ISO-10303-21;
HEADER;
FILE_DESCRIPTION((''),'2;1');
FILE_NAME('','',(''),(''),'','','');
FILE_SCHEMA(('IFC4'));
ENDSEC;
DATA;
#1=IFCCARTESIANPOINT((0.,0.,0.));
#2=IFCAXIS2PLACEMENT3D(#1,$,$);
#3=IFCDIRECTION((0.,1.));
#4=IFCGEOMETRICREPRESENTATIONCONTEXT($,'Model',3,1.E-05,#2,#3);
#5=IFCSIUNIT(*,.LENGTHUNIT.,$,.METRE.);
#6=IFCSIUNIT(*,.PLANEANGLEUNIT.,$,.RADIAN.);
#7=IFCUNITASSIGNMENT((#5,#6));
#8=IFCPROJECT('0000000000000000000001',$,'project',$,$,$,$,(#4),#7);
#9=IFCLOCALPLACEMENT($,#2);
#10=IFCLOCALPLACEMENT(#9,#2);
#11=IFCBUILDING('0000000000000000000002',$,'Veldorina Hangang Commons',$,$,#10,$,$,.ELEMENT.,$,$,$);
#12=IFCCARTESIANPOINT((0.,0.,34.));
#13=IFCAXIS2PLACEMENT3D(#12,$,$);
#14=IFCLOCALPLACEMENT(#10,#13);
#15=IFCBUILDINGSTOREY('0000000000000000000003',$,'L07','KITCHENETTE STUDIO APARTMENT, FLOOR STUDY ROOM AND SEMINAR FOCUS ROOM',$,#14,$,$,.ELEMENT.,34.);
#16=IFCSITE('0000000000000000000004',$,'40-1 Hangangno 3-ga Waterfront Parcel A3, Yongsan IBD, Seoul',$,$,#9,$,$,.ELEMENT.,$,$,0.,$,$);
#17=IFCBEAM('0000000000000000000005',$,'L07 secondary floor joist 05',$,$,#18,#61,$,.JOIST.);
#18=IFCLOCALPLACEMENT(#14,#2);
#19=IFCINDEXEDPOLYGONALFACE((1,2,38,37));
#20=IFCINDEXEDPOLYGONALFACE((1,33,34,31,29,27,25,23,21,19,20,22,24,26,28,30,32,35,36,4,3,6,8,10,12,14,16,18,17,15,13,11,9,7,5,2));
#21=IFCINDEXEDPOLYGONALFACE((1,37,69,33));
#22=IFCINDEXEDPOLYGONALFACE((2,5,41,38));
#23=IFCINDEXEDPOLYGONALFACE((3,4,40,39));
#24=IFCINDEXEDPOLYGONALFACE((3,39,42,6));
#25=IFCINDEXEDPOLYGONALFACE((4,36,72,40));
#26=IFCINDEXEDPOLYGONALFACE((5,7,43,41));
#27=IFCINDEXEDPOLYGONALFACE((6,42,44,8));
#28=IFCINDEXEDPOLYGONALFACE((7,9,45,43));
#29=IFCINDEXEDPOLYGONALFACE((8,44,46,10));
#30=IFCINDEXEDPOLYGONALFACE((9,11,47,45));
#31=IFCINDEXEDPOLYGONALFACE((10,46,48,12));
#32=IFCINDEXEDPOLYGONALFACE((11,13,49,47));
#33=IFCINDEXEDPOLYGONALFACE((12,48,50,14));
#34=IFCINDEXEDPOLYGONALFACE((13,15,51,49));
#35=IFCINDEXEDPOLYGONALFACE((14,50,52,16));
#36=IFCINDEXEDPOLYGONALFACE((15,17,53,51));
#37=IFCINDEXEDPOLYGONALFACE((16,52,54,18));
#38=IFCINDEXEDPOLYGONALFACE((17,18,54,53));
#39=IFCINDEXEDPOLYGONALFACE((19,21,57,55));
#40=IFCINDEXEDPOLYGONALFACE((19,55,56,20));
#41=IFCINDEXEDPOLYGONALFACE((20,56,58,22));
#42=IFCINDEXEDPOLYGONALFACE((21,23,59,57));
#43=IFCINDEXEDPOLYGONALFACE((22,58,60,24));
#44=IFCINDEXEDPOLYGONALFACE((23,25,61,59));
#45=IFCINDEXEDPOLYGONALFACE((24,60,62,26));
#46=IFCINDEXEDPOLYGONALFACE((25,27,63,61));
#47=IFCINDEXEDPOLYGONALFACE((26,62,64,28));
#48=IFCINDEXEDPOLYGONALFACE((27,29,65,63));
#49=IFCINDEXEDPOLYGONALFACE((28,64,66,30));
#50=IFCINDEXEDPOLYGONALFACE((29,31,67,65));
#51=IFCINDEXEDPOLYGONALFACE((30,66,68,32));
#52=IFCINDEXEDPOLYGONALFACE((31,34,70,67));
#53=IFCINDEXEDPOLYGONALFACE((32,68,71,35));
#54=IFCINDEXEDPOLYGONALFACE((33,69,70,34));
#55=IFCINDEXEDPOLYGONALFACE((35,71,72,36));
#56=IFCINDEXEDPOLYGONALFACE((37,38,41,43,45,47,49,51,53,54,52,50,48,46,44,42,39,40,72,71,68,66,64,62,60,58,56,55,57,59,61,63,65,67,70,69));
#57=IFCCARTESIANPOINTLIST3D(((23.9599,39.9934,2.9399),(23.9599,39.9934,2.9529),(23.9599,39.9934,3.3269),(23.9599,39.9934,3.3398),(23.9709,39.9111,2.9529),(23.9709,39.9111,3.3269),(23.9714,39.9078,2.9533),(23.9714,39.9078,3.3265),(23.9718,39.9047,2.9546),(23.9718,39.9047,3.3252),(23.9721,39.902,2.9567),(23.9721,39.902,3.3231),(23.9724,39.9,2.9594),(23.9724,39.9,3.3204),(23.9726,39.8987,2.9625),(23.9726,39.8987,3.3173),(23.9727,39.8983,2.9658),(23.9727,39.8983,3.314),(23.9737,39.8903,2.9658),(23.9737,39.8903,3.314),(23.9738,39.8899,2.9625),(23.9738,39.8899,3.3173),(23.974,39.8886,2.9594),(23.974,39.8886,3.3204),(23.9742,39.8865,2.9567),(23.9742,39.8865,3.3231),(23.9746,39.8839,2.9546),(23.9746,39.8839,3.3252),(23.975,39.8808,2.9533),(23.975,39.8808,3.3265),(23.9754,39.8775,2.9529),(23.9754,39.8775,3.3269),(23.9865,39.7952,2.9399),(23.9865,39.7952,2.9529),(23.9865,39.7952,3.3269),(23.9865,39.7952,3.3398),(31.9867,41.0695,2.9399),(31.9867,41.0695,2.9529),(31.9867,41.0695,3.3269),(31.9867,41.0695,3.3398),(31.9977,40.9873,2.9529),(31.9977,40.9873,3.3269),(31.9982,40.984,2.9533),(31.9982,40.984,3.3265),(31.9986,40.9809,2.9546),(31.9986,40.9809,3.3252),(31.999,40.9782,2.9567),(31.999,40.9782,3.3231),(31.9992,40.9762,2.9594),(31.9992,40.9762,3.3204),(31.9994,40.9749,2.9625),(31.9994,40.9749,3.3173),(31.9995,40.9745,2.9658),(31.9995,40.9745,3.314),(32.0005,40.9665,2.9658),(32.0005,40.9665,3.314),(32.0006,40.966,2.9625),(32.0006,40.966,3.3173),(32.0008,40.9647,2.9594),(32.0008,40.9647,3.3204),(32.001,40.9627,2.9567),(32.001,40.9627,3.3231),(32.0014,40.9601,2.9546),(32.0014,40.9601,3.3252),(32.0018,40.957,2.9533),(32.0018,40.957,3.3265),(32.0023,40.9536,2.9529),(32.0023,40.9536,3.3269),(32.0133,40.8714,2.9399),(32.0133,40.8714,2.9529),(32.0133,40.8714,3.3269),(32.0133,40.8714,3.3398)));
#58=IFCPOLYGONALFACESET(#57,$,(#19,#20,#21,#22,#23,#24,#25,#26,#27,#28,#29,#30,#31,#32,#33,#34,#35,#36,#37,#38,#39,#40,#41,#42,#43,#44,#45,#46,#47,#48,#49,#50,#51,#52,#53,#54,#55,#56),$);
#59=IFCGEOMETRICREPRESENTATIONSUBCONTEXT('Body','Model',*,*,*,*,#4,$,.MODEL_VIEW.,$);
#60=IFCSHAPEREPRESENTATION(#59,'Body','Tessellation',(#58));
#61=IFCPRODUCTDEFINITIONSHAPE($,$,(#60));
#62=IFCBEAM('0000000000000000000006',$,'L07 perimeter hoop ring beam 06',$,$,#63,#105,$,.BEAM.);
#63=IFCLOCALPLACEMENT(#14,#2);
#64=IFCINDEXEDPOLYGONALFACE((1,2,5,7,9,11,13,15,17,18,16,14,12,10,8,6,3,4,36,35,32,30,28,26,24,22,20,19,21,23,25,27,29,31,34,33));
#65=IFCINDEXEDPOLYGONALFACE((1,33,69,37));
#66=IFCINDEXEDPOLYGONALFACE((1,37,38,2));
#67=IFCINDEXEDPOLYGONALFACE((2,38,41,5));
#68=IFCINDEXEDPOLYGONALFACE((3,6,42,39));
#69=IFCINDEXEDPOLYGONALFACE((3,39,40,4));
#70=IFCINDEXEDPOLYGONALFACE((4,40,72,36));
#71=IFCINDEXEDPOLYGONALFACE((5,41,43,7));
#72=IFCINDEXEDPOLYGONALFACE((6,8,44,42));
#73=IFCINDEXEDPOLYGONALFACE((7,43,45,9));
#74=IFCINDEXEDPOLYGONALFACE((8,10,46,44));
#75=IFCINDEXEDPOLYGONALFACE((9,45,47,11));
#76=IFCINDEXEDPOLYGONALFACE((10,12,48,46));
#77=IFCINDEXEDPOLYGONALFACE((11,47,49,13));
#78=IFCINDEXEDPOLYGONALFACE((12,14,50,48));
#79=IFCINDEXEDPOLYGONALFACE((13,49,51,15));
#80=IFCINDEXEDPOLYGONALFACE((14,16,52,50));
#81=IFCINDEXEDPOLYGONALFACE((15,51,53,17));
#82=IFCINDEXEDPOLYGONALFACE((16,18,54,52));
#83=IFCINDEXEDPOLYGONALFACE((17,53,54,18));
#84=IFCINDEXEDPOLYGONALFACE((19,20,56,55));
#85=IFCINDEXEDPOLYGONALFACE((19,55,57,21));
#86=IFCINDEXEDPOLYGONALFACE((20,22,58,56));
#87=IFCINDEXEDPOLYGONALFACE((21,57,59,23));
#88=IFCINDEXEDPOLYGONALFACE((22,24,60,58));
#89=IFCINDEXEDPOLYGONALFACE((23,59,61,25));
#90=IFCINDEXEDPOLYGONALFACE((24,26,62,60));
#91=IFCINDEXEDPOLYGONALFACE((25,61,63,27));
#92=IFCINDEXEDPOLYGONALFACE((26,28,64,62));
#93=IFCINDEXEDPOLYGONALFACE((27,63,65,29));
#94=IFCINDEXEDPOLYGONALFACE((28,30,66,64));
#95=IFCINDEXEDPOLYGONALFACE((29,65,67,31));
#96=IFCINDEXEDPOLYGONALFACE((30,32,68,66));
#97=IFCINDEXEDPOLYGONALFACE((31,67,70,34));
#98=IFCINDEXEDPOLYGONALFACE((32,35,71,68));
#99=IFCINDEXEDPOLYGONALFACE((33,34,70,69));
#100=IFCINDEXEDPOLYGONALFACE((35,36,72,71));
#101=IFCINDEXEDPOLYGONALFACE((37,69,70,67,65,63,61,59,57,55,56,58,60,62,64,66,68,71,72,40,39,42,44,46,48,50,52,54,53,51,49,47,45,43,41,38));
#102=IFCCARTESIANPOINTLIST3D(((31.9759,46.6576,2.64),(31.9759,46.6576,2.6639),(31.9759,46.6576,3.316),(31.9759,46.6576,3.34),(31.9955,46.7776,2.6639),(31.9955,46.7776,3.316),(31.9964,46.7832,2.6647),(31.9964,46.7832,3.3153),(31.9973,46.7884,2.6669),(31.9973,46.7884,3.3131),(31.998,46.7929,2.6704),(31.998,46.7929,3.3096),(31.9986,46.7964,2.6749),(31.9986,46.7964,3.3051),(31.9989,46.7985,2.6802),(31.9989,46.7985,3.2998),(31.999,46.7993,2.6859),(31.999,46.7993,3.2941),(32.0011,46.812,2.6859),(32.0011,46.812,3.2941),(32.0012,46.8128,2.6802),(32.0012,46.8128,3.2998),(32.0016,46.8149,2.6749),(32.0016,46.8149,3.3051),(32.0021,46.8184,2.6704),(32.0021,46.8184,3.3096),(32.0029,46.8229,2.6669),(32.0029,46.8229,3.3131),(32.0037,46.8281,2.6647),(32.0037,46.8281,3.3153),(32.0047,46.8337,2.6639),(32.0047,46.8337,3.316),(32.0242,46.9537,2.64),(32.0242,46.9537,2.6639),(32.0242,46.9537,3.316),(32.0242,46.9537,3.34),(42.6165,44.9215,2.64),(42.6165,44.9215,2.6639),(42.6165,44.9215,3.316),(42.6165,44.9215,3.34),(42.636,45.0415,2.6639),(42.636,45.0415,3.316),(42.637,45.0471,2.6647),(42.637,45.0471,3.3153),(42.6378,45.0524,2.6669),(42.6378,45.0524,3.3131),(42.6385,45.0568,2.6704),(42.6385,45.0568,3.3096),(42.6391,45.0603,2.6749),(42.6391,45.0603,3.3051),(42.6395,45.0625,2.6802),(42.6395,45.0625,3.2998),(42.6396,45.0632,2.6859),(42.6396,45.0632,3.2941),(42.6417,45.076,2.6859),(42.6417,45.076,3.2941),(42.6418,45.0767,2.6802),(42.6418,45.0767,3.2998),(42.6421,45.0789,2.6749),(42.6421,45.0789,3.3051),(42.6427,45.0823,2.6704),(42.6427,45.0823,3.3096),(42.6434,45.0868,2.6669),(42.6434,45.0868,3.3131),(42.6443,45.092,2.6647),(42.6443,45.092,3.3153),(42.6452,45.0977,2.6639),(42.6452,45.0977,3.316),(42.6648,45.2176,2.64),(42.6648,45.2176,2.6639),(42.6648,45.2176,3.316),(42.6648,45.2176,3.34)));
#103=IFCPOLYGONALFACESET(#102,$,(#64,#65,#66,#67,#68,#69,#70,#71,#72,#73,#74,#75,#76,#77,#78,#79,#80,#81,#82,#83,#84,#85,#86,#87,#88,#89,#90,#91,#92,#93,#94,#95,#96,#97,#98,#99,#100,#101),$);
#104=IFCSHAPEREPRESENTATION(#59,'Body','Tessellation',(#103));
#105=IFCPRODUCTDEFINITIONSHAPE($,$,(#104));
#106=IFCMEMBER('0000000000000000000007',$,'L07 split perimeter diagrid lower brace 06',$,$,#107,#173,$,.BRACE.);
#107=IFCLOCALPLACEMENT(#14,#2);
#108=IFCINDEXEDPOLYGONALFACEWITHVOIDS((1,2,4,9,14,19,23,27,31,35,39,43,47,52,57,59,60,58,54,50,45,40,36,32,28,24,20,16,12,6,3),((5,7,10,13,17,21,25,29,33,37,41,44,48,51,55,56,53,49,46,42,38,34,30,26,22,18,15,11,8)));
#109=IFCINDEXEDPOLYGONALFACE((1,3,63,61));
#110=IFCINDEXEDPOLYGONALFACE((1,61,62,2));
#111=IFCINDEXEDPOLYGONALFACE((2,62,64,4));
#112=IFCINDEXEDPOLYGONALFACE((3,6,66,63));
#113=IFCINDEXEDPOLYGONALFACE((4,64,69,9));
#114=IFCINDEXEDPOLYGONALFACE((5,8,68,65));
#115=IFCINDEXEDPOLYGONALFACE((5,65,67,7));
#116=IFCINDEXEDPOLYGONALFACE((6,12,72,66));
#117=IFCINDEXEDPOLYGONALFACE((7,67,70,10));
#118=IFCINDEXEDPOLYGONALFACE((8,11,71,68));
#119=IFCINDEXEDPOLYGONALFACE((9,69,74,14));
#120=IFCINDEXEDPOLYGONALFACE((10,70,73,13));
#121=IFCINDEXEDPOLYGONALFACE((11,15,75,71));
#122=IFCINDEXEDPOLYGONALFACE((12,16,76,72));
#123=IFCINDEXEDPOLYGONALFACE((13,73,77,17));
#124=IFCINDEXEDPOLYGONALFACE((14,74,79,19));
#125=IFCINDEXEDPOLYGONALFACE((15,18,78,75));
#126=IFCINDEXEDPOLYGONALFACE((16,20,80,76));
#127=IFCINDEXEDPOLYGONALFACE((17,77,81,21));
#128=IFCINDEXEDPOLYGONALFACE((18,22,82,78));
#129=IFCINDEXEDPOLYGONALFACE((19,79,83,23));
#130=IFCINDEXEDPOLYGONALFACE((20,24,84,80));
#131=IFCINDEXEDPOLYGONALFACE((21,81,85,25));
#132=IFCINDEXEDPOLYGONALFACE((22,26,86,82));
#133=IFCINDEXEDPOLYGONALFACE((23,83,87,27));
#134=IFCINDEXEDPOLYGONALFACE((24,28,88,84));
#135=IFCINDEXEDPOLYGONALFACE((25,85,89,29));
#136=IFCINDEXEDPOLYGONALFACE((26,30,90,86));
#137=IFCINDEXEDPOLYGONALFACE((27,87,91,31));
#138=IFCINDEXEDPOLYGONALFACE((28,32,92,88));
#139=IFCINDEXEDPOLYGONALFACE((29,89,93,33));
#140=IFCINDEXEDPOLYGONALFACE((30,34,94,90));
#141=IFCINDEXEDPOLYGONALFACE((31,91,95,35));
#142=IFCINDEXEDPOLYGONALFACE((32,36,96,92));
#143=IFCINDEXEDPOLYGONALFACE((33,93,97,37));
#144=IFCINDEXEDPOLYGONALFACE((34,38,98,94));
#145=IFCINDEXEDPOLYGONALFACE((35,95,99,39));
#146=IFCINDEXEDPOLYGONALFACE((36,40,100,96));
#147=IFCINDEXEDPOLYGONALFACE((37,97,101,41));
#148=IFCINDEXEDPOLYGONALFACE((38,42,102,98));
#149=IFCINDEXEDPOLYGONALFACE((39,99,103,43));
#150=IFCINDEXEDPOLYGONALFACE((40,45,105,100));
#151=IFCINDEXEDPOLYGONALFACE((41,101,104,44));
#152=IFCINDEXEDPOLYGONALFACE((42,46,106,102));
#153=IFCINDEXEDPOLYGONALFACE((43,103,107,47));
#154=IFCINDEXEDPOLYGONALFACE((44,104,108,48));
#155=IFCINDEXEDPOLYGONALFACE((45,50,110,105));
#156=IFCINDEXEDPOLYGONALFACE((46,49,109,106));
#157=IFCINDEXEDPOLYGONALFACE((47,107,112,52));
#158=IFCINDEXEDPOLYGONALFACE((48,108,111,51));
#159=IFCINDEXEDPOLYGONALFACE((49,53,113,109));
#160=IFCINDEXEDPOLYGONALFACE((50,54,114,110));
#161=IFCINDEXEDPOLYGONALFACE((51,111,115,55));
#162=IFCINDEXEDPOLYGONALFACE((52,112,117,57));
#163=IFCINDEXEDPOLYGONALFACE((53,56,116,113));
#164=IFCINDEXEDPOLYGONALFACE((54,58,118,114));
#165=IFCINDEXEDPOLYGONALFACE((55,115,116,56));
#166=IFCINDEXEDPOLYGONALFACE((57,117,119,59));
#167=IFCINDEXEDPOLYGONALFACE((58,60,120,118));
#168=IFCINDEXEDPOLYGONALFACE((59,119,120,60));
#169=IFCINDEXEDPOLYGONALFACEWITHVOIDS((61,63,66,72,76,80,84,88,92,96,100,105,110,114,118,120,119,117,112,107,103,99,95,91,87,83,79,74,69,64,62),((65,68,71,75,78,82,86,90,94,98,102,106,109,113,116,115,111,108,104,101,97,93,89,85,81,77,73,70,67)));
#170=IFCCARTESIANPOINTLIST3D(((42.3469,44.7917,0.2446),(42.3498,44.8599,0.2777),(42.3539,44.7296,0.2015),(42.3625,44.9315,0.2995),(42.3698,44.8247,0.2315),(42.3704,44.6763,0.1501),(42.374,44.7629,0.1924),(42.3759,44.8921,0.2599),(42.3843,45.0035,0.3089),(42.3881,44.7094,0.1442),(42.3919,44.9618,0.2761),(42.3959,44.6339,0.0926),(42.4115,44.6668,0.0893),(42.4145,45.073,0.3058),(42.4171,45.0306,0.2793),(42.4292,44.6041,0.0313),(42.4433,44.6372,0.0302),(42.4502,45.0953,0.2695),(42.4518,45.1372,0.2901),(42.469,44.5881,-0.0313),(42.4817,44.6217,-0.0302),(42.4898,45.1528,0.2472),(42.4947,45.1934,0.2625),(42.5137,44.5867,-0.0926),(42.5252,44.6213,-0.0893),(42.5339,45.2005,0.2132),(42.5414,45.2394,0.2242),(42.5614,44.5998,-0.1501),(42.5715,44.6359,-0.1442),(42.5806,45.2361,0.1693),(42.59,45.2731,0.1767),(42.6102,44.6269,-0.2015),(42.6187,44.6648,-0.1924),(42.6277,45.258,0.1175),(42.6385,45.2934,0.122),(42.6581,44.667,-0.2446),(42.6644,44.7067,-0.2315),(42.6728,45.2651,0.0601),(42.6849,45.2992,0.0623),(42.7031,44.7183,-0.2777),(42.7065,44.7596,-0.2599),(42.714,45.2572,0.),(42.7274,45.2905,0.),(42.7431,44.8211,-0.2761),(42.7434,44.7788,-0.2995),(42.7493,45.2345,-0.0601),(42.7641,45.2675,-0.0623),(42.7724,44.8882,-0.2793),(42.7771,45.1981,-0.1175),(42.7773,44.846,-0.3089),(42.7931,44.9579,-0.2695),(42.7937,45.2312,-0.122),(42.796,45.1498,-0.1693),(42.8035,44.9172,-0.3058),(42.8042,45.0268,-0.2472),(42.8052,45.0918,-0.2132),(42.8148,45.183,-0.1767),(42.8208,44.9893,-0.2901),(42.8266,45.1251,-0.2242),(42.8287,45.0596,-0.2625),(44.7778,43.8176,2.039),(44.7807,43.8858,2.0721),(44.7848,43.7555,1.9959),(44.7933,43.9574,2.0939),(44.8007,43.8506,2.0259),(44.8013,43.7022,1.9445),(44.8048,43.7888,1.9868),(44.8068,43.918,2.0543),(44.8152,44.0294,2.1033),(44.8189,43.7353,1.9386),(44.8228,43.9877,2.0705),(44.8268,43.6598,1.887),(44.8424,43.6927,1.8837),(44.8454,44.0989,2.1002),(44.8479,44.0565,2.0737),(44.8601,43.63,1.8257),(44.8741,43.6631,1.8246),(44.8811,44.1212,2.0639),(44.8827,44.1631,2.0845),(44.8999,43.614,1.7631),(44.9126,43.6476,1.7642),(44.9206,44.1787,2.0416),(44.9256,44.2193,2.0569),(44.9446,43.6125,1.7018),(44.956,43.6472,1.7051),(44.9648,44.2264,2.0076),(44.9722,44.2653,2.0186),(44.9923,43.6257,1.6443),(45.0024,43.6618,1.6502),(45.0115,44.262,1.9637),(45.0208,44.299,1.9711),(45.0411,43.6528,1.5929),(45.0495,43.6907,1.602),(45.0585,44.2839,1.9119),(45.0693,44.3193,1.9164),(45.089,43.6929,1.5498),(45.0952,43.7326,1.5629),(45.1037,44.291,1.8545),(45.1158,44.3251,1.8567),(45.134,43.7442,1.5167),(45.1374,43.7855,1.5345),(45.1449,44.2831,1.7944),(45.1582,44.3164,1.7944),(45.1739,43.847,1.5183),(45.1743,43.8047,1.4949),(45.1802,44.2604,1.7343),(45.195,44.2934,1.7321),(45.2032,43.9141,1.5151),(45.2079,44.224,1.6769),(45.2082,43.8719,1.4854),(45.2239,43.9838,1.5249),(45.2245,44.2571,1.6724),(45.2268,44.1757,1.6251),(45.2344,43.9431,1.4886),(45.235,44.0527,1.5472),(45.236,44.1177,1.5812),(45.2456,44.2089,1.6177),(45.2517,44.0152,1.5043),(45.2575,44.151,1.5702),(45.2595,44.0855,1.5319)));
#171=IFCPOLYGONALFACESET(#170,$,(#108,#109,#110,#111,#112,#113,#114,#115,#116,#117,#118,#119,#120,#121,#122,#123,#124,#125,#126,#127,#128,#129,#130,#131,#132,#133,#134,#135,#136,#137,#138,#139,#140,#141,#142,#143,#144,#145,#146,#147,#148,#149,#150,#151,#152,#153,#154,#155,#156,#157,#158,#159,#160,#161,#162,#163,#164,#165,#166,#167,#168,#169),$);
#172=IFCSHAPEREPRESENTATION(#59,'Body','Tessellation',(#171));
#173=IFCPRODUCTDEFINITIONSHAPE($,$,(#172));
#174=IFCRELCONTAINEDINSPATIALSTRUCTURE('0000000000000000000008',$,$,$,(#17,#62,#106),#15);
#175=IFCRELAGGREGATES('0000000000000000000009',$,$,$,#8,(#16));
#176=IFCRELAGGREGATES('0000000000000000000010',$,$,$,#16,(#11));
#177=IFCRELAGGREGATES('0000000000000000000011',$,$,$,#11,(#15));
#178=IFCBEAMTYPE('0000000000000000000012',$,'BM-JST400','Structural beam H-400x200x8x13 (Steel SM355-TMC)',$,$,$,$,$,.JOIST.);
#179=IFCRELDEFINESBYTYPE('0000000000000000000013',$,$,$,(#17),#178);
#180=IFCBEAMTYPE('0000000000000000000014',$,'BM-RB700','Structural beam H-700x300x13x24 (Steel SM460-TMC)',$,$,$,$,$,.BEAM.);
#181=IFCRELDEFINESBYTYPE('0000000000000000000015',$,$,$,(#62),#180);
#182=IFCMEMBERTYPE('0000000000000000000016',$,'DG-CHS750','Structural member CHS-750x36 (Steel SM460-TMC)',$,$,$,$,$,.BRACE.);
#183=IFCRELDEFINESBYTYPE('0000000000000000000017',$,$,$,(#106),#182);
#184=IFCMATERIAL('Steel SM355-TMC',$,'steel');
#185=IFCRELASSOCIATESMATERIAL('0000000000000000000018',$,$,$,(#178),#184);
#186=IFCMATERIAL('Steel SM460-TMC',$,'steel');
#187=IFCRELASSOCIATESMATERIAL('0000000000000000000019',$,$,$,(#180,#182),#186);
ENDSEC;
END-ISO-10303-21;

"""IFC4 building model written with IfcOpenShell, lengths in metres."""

from ifc_helpers import new_model, si_unit, direction, frame, origin, origin_2d, place, context, subcontext, project, spatial, hollow_circle, i_section, extrude, material, material_profile, profile_set, type_object, element, save


model = new_model("IFC4")

# Units and contexts
model_context = context("Model", 3, precision=1e-05, world=origin(), true_north=direction((0.0, 1.0)))
body_context = subcontext(model_context, "Body", "Model", "MODEL_VIEW")
ifc_project = project(units=[si_unit("LENGTHUNIT", "METRE"), si_unit("PLANEANGLEUNIT", "RADIAN")], contexts=[model_context])

# Site, building, storey
site_placement = place(None, origin())
site = spatial("IfcSite", under=ifc_project, at=site_placement, Name="40-1 Hangangno 3-ga Waterfront Parcel A3, Yongsan IBD, Seoul", CompositionType="ELEMENT", RefElevation=0.0)
building_placement = place(site_placement, origin())
building = spatial("IfcBuilding", under=site, at=building_placement, Name="Veldorina Hangang Commons", CompositionType="ELEMENT")
storey_placement = place(building_placement, frame((0.0, 0.0, 34.0)))
storey = spatial("IfcBuildingStorey", under=building, at=storey_placement, Name="L07", Description="KITCHENETTE STUDIO APARTMENT, FLOOR STUDY ROOM AND SEMINAR FOCUS ROOM", CompositionType="ELEMENT", Elevation=34.0)

# Beams
ifc_material_1 = material(Name="Steel SM355-TMC", Category="steel")
ifc_material_profile_1 = material_profile(ifc_material_1, i_section(OverallWidth=0.2, OverallDepth=0.3999, WebThickness=0.0081, FlangeThickness=0.0129, FilletRadius=0.0129, at=origin_2d()), Name="H-400x200x8x13")
ifc_profile_set_1 = profile_set([ifc_material_profile_1], Name="Steel SM355-TMC")
beam_type_1 = type_object("IfcBeamType", Name="BM-JST400", Description="Structural beam H-400x200x8x13 (Steel SM355-TMC)", PredefinedType="JOIST", material=ifc_profile_set_1)
beam_1_placement = place(storey_placement, frame((32.0, 40.9705, 3.1399), z_axis=(-0.991132, -0.132882, 0.0), x_axis=(0.132882, -0.991132, 0.0)))
element("IfcBeam", 1, at=beam_1_placement, inside=storey, type_object=beam_type_1, Name="L07 secondary floor joist 05", PredefinedType="JOIST", context=body_context, shape_type="SweptSolid", body=[
    extrude(i_section(OverallWidth=0.2, OverallDepth=0.3999, WebThickness=0.0081, FlangeThickness=0.0129, FilletRadius=0.0129, at=origin_2d()), origin(), (0.0, 0.0, 1.0), 8.0986),
])
ifc_material_2 = material(Name="Steel SM460-TMC", Category="steel")
ifc_material_profile_2 = material_profile(ifc_material_2, i_section(OverallWidth=0.3, OverallDepth=0.7, WebThickness=0.0129, FlangeThickness=0.0239, FilletRadius=0.022, at=origin_2d()), Name="H-700x300x13x24")
ifc_profile_set_2 = profile_set([ifc_material_profile_2], Name="Steel SM460-TMC")
beam_type_2 = type_object("IfcBeamType", Name="BM-RB700", Description="Structural beam H-700x300x13x24 (Steel SM460-TMC)", PredefinedType="BEAM", material=ifc_profile_set_2)
beam_2_placement = place(storey_placement, frame((42.6406, 45.0696, 2.99), z_axis=(-0.98695, 0.161027, 0.0), x_axis=(-0.161027, -0.98695, 0.0)))
element("IfcBeam", 2, at=beam_2_placement, inside=storey, type_object=beam_type_2, Name="L07 perimeter hoop ring beam 06", PredefinedType="BEAM", context=body_context, shape_type="SweptSolid", body=[
    extrude(i_section(OverallWidth=0.3, OverallDepth=0.7, WebThickness=0.0129, FlangeThickness=0.0239, FilletRadius=0.022, at=origin_2d()), origin(), (0.0, 0.0, 1.0), 10.7812),
])

# Member
ifc_material_profile_3 = material_profile(ifc_material_2, hollow_circle(Radius=0.375, WallThickness=0.0359, at=origin_2d()), Name="CHS-750x36")
ifc_profile_set_3 = profile_set([ifc_material_profile_3], Name="Steel SM460-TMC")
member_type = type_object("IfcMemberType", Name="DG-CHS750", Description="Structural member CHS-750x36 (Steel SM460-TMC)", PredefinedType="BRACE", material=ifc_profile_set_3)
member_1_placement = place(storey_placement, frame((42.5879, 44.9424, 0.0), z_axis=(0.765732, -0.306846, 0.565243), x_axis=(0.371969, 0.928245, 0.0)))
element("IfcMember", 3, at=member_1_placement, inside=storey, type_object=member_type, Name="L07 split perimeter diagrid lower brace 06", PredefinedType="BRACE", context=body_context, shape_type="SweptSolid", body=[
    extrude(hollow_circle(Radius=0.375, WallThickness=0.0359, at=origin_2d()), origin(), (0.0, 0.0, 1.0), 3.1746),
])

save(model, "model.ifc")
